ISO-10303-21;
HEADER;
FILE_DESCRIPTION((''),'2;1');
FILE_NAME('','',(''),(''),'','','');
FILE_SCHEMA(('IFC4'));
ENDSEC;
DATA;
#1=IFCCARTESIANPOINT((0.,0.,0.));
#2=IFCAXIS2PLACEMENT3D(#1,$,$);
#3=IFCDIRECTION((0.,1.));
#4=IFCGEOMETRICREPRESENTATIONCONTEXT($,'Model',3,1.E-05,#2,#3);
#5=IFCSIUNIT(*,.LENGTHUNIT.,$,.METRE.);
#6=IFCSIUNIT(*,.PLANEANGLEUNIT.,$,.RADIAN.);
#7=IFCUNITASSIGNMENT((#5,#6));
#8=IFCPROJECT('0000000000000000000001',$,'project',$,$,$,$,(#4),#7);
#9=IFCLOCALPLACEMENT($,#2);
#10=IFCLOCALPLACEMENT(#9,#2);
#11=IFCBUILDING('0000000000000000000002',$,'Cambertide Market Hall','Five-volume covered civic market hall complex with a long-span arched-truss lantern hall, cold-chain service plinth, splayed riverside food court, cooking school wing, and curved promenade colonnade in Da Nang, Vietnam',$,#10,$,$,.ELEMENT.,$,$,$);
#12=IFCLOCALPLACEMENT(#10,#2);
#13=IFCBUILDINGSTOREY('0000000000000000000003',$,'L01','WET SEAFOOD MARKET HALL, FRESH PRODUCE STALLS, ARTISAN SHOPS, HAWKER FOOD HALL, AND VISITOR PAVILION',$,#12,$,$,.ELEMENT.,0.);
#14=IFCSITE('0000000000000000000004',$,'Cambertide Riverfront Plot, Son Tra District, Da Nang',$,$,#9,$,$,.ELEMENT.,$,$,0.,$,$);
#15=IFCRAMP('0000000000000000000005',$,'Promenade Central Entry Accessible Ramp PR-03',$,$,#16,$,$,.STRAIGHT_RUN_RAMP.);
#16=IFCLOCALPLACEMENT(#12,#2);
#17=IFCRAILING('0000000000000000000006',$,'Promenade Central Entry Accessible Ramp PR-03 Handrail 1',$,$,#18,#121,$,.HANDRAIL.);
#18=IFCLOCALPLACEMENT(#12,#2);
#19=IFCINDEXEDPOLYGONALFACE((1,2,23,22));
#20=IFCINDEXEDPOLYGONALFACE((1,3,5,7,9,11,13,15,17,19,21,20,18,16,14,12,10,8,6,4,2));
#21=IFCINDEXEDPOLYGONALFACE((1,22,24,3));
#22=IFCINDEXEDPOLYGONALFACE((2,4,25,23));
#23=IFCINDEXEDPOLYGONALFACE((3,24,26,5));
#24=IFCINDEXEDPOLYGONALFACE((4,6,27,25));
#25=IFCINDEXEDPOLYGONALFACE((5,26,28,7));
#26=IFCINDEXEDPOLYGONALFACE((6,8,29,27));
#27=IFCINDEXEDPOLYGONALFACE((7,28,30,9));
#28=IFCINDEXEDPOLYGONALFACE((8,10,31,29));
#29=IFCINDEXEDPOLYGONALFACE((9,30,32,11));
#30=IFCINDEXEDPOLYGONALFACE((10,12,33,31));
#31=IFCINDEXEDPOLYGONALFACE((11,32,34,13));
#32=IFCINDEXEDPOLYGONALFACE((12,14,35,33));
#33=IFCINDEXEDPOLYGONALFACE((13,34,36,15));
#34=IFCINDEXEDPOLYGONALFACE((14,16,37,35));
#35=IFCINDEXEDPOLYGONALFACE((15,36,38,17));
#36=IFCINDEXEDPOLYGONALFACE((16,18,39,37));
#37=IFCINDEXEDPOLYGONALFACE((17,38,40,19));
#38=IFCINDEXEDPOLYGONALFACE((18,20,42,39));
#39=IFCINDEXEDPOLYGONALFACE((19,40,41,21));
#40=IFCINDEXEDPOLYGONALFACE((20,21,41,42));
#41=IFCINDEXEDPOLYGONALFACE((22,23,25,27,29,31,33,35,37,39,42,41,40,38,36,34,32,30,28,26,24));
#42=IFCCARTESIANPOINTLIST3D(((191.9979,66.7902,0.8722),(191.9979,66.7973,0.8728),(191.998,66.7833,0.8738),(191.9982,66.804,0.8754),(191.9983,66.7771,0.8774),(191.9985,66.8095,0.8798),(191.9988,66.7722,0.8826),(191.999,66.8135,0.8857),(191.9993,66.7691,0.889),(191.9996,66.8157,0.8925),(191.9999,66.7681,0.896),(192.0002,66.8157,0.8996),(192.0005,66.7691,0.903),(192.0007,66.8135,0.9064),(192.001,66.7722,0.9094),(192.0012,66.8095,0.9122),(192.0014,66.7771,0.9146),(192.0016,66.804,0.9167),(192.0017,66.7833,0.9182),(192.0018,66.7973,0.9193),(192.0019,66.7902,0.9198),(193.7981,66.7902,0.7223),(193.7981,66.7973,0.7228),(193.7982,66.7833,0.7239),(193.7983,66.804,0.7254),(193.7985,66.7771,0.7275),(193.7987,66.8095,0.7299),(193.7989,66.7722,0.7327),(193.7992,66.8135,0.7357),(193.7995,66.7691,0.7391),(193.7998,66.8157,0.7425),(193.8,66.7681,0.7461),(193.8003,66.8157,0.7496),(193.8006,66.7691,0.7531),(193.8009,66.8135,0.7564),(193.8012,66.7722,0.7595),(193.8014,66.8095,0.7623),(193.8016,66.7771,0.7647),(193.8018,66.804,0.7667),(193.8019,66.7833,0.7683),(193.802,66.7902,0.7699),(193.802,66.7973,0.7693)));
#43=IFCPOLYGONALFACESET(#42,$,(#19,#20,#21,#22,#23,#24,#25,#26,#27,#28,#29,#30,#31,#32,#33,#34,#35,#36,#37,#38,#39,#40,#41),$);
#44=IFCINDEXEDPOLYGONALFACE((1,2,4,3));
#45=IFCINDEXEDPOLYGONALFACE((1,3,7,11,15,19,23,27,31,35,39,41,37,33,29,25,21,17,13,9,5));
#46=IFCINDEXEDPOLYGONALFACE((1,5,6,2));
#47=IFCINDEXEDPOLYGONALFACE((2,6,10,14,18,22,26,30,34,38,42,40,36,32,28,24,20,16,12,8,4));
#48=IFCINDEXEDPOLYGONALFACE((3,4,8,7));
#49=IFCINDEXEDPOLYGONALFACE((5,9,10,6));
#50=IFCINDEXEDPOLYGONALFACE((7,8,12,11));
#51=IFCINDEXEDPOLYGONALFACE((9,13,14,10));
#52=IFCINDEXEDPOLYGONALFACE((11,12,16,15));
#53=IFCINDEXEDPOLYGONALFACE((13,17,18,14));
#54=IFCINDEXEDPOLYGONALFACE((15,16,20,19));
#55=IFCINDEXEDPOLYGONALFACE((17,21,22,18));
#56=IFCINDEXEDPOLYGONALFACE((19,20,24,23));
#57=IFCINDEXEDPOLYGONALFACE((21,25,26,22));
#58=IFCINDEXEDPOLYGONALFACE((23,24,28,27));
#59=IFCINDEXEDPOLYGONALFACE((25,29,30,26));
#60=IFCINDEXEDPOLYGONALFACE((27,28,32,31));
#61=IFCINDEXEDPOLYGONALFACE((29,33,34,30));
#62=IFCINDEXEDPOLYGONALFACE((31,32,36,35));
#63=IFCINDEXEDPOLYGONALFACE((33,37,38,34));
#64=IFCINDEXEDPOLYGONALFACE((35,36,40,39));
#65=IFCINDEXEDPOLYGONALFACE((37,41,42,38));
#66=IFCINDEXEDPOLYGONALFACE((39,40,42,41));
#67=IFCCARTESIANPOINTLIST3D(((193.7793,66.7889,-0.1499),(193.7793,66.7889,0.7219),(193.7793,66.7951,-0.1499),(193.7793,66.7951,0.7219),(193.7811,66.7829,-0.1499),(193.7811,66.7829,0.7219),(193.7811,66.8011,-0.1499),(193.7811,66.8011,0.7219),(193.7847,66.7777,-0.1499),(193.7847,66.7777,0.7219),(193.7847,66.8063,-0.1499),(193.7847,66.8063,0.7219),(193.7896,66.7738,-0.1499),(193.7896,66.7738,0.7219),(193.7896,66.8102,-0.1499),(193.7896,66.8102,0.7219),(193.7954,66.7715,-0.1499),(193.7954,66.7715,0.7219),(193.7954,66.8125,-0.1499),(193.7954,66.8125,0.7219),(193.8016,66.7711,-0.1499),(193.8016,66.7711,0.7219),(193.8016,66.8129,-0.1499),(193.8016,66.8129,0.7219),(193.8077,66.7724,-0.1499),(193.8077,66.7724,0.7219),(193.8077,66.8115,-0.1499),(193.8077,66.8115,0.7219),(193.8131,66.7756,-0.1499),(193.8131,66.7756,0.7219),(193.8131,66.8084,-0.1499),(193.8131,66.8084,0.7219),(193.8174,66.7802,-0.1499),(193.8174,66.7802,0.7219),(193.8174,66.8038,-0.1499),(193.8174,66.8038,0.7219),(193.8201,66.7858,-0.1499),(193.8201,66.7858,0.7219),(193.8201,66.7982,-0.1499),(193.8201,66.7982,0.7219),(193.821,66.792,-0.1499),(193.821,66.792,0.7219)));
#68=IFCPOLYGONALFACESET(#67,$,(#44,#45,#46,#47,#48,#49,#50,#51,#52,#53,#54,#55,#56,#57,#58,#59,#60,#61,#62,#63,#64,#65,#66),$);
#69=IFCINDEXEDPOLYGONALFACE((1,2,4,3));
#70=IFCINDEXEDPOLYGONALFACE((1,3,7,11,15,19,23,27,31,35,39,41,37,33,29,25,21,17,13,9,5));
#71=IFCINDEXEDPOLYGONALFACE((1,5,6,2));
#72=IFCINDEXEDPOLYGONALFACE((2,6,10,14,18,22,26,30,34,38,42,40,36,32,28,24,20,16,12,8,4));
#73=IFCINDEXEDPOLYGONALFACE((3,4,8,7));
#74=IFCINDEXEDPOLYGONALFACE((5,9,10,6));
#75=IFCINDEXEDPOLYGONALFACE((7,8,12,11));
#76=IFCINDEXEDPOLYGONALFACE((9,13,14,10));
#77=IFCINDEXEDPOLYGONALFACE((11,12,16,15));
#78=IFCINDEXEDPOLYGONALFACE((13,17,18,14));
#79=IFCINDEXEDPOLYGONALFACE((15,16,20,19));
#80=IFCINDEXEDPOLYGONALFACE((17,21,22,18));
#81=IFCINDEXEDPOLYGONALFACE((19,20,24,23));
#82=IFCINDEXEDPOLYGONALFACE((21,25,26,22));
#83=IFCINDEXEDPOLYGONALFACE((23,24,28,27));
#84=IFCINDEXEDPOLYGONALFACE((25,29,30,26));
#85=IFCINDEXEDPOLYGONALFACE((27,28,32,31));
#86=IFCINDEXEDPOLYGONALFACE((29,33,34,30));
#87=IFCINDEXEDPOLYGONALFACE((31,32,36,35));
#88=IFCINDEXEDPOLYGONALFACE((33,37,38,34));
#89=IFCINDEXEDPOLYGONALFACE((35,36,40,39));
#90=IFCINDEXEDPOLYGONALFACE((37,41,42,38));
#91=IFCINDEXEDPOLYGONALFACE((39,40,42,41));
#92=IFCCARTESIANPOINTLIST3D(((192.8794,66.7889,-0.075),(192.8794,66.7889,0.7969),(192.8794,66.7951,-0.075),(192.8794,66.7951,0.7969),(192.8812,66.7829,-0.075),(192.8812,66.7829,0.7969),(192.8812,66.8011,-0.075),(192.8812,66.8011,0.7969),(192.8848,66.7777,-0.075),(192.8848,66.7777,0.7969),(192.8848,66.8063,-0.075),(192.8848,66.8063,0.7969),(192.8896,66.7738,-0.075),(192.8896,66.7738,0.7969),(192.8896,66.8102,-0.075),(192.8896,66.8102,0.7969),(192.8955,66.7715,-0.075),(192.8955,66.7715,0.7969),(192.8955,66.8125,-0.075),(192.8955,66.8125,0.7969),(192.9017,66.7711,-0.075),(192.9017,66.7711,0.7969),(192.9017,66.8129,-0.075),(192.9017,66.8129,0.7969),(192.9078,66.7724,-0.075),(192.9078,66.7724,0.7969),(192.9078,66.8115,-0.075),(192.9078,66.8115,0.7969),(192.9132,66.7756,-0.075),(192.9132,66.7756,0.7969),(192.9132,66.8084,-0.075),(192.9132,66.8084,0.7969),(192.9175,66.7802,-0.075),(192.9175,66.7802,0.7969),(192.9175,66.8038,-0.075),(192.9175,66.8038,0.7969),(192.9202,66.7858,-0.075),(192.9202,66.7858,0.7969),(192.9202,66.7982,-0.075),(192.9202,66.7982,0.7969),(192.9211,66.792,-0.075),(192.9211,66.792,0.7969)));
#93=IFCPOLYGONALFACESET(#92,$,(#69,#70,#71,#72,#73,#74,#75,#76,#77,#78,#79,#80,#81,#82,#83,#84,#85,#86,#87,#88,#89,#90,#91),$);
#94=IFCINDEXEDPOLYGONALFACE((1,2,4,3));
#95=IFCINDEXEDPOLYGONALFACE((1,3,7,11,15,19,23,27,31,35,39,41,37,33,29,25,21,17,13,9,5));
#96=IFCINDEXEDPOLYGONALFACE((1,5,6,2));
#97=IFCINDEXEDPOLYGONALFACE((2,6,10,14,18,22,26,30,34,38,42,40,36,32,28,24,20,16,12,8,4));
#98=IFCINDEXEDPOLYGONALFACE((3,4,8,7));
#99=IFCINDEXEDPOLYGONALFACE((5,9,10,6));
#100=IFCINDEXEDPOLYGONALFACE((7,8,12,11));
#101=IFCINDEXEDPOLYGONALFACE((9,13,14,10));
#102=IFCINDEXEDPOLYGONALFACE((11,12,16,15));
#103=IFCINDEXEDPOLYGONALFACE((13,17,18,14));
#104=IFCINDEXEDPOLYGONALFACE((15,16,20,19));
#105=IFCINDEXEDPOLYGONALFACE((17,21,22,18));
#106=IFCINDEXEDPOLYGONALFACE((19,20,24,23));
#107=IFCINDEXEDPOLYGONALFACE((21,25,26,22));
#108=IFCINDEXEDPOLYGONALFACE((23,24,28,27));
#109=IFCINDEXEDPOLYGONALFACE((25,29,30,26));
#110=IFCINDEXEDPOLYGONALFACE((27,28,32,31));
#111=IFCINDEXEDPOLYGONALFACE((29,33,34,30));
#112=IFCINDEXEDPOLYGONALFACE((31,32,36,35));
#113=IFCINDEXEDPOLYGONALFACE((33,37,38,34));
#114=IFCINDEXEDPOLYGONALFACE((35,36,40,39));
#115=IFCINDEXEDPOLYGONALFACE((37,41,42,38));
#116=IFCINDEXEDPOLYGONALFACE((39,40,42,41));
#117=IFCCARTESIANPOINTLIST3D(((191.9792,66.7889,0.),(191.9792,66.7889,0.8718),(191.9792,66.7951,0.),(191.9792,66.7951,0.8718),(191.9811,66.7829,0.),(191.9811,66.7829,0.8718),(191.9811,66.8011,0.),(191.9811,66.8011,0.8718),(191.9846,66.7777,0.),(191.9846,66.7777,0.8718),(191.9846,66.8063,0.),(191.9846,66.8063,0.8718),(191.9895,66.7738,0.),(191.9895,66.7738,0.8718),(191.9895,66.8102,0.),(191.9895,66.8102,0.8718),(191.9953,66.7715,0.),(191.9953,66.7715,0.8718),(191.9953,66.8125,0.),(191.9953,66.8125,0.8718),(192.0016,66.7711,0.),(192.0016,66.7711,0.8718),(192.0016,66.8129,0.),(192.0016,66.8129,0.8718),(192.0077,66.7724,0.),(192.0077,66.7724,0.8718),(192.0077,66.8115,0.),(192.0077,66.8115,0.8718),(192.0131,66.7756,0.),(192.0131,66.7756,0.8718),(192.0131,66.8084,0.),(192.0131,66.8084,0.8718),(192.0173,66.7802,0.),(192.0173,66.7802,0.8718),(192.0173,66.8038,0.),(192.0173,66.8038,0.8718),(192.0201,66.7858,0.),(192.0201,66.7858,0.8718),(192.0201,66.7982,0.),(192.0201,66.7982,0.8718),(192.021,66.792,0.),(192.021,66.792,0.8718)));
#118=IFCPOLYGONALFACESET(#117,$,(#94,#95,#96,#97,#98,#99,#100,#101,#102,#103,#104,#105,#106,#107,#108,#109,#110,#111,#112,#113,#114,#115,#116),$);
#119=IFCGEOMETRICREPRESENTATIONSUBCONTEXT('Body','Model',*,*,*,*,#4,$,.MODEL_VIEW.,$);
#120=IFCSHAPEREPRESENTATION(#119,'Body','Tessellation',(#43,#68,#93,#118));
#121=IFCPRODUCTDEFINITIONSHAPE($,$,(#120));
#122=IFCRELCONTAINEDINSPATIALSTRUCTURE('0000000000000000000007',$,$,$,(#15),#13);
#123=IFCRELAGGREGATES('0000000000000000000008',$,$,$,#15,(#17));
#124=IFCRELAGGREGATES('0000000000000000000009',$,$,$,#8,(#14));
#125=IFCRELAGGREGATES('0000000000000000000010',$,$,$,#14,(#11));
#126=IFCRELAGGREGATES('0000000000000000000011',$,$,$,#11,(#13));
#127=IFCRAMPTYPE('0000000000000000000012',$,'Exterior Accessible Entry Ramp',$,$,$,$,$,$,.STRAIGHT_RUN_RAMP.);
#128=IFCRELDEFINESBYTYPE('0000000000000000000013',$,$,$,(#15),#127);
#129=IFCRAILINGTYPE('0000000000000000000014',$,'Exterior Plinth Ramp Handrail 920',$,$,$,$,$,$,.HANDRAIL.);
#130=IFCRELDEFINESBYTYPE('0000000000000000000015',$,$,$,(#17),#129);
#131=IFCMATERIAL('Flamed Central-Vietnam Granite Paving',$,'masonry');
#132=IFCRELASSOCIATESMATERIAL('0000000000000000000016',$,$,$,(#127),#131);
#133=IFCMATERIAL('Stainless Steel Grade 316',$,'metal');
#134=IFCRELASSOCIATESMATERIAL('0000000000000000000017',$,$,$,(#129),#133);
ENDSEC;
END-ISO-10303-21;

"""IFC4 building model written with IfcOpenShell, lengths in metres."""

from ifc_helpers import new_model, si_unit, direction, frame, origin, origin_2d, place, context, subcontext, project, spatial, circle, extrude, material, type_object, element, aggregate, save


model = new_model("IFC4")

# Units and contexts
model_context = context("Model", 3, precision=1e-05, world=origin(), true_north=direction((0.0, 1.0)))
body_context = subcontext(model_context, "Body", "Model", "MODEL_VIEW")
ifc_project = project(units=[si_unit("LENGTHUNIT", "METRE"), si_unit("PLANEANGLEUNIT", "RADIAN")], contexts=[model_context])

# Site, building, storey
site_placement = place(None, origin())
site = spatial("IfcSite", under=ifc_project, at=site_placement, Name="Cambertide Riverfront Plot, Son Tra District, Da Nang", CompositionType="ELEMENT", RefElevation=0.0)
building_placement = place(site_placement, origin())
building = spatial("IfcBuilding", under=site, at=building_placement, Name="Cambertide Market Hall", Description="Five-volume covered civic market hall complex with a long-span arched-truss lantern hall, cold-chain service plinth, splayed riverside food court, cooking school wing, and curved promenade colonnade in Da Nang, Vietnam", CompositionType="ELEMENT")
storey_placement = place(building_placement, origin())
storey = spatial("IfcBuildingStorey", under=building, at=storey_placement, Name="L01", Description="WET SEAFOOD MARKET HALL, FRESH PRODUCE STALLS, ARTISAN SHOPS, HAWKER FOOD HALL, AND VISITOR PAVILION", CompositionType="ELEMENT", Elevation=0.0)

# Ramp, railing
ifc_material_1 = material(Name="Flamed Central-Vietnam Granite Paving", Category="masonry")
ramp_type = type_object("IfcRampType", Name="Exterior Accessible Entry Ramp", PredefinedType="STRAIGHT_RUN_RAMP", material=ifc_material_1)
ramp_placement = place(storey_placement, origin())
ramp = element("IfcRamp", 1, at=ramp_placement, inside=storey, type_object=ramp_type, Name="Promenade Central Entry Accessible Ramp PR-03", PredefinedType="STRAIGHT_RUN_RAMP")
ifc_material_2 = material(Name="Stainless Steel Grade 316", Category="metal")
railing_type = type_object("IfcRailingType", Name="Exterior Plinth Ramp Handrail 920", PredefinedType="HANDRAIL", material=ifc_material_2)
railing_1_placement = place(storey_placement, frame((193.8, 66.792, -0.1499)))
railing_1 = element("IfcRailing", 2, at=railing_1_placement, type_object=railing_type, Name="Promenade Central Entry Accessible Ramp PR-03 Handrail 1", PredefinedType="HANDRAIL", context=body_context, shape_type="SweptSolid", body=[
    extrude(circle(Radius=0.0239, at=origin_2d()), frame((0.0, 0.0, 0.896), z_axis=(-0.99655, 0.0, 0.08299), x_axis=(0.0, -1.0, 0.0)), (0.0, 0.0, 1.0), 1.8064),
    extrude(circle(Radius=0.021, at=origin_2d()), origin(), (0.0, 0.0, 1.0), 0.8718),
    extrude(circle(Radius=0.021, at=origin_2d()), frame((-0.8999, 0.0, 0.075)), (0.0, 0.0, 1.0), 0.8718),
    extrude(circle(Radius=0.021, at=origin_2d()), frame((-1.8, 0.0, 0.1499)), (0.0, 0.0, 1.0), 0.8718),
])
aggregate(ramp, [railing_1])

save(model, "model.ifc")
